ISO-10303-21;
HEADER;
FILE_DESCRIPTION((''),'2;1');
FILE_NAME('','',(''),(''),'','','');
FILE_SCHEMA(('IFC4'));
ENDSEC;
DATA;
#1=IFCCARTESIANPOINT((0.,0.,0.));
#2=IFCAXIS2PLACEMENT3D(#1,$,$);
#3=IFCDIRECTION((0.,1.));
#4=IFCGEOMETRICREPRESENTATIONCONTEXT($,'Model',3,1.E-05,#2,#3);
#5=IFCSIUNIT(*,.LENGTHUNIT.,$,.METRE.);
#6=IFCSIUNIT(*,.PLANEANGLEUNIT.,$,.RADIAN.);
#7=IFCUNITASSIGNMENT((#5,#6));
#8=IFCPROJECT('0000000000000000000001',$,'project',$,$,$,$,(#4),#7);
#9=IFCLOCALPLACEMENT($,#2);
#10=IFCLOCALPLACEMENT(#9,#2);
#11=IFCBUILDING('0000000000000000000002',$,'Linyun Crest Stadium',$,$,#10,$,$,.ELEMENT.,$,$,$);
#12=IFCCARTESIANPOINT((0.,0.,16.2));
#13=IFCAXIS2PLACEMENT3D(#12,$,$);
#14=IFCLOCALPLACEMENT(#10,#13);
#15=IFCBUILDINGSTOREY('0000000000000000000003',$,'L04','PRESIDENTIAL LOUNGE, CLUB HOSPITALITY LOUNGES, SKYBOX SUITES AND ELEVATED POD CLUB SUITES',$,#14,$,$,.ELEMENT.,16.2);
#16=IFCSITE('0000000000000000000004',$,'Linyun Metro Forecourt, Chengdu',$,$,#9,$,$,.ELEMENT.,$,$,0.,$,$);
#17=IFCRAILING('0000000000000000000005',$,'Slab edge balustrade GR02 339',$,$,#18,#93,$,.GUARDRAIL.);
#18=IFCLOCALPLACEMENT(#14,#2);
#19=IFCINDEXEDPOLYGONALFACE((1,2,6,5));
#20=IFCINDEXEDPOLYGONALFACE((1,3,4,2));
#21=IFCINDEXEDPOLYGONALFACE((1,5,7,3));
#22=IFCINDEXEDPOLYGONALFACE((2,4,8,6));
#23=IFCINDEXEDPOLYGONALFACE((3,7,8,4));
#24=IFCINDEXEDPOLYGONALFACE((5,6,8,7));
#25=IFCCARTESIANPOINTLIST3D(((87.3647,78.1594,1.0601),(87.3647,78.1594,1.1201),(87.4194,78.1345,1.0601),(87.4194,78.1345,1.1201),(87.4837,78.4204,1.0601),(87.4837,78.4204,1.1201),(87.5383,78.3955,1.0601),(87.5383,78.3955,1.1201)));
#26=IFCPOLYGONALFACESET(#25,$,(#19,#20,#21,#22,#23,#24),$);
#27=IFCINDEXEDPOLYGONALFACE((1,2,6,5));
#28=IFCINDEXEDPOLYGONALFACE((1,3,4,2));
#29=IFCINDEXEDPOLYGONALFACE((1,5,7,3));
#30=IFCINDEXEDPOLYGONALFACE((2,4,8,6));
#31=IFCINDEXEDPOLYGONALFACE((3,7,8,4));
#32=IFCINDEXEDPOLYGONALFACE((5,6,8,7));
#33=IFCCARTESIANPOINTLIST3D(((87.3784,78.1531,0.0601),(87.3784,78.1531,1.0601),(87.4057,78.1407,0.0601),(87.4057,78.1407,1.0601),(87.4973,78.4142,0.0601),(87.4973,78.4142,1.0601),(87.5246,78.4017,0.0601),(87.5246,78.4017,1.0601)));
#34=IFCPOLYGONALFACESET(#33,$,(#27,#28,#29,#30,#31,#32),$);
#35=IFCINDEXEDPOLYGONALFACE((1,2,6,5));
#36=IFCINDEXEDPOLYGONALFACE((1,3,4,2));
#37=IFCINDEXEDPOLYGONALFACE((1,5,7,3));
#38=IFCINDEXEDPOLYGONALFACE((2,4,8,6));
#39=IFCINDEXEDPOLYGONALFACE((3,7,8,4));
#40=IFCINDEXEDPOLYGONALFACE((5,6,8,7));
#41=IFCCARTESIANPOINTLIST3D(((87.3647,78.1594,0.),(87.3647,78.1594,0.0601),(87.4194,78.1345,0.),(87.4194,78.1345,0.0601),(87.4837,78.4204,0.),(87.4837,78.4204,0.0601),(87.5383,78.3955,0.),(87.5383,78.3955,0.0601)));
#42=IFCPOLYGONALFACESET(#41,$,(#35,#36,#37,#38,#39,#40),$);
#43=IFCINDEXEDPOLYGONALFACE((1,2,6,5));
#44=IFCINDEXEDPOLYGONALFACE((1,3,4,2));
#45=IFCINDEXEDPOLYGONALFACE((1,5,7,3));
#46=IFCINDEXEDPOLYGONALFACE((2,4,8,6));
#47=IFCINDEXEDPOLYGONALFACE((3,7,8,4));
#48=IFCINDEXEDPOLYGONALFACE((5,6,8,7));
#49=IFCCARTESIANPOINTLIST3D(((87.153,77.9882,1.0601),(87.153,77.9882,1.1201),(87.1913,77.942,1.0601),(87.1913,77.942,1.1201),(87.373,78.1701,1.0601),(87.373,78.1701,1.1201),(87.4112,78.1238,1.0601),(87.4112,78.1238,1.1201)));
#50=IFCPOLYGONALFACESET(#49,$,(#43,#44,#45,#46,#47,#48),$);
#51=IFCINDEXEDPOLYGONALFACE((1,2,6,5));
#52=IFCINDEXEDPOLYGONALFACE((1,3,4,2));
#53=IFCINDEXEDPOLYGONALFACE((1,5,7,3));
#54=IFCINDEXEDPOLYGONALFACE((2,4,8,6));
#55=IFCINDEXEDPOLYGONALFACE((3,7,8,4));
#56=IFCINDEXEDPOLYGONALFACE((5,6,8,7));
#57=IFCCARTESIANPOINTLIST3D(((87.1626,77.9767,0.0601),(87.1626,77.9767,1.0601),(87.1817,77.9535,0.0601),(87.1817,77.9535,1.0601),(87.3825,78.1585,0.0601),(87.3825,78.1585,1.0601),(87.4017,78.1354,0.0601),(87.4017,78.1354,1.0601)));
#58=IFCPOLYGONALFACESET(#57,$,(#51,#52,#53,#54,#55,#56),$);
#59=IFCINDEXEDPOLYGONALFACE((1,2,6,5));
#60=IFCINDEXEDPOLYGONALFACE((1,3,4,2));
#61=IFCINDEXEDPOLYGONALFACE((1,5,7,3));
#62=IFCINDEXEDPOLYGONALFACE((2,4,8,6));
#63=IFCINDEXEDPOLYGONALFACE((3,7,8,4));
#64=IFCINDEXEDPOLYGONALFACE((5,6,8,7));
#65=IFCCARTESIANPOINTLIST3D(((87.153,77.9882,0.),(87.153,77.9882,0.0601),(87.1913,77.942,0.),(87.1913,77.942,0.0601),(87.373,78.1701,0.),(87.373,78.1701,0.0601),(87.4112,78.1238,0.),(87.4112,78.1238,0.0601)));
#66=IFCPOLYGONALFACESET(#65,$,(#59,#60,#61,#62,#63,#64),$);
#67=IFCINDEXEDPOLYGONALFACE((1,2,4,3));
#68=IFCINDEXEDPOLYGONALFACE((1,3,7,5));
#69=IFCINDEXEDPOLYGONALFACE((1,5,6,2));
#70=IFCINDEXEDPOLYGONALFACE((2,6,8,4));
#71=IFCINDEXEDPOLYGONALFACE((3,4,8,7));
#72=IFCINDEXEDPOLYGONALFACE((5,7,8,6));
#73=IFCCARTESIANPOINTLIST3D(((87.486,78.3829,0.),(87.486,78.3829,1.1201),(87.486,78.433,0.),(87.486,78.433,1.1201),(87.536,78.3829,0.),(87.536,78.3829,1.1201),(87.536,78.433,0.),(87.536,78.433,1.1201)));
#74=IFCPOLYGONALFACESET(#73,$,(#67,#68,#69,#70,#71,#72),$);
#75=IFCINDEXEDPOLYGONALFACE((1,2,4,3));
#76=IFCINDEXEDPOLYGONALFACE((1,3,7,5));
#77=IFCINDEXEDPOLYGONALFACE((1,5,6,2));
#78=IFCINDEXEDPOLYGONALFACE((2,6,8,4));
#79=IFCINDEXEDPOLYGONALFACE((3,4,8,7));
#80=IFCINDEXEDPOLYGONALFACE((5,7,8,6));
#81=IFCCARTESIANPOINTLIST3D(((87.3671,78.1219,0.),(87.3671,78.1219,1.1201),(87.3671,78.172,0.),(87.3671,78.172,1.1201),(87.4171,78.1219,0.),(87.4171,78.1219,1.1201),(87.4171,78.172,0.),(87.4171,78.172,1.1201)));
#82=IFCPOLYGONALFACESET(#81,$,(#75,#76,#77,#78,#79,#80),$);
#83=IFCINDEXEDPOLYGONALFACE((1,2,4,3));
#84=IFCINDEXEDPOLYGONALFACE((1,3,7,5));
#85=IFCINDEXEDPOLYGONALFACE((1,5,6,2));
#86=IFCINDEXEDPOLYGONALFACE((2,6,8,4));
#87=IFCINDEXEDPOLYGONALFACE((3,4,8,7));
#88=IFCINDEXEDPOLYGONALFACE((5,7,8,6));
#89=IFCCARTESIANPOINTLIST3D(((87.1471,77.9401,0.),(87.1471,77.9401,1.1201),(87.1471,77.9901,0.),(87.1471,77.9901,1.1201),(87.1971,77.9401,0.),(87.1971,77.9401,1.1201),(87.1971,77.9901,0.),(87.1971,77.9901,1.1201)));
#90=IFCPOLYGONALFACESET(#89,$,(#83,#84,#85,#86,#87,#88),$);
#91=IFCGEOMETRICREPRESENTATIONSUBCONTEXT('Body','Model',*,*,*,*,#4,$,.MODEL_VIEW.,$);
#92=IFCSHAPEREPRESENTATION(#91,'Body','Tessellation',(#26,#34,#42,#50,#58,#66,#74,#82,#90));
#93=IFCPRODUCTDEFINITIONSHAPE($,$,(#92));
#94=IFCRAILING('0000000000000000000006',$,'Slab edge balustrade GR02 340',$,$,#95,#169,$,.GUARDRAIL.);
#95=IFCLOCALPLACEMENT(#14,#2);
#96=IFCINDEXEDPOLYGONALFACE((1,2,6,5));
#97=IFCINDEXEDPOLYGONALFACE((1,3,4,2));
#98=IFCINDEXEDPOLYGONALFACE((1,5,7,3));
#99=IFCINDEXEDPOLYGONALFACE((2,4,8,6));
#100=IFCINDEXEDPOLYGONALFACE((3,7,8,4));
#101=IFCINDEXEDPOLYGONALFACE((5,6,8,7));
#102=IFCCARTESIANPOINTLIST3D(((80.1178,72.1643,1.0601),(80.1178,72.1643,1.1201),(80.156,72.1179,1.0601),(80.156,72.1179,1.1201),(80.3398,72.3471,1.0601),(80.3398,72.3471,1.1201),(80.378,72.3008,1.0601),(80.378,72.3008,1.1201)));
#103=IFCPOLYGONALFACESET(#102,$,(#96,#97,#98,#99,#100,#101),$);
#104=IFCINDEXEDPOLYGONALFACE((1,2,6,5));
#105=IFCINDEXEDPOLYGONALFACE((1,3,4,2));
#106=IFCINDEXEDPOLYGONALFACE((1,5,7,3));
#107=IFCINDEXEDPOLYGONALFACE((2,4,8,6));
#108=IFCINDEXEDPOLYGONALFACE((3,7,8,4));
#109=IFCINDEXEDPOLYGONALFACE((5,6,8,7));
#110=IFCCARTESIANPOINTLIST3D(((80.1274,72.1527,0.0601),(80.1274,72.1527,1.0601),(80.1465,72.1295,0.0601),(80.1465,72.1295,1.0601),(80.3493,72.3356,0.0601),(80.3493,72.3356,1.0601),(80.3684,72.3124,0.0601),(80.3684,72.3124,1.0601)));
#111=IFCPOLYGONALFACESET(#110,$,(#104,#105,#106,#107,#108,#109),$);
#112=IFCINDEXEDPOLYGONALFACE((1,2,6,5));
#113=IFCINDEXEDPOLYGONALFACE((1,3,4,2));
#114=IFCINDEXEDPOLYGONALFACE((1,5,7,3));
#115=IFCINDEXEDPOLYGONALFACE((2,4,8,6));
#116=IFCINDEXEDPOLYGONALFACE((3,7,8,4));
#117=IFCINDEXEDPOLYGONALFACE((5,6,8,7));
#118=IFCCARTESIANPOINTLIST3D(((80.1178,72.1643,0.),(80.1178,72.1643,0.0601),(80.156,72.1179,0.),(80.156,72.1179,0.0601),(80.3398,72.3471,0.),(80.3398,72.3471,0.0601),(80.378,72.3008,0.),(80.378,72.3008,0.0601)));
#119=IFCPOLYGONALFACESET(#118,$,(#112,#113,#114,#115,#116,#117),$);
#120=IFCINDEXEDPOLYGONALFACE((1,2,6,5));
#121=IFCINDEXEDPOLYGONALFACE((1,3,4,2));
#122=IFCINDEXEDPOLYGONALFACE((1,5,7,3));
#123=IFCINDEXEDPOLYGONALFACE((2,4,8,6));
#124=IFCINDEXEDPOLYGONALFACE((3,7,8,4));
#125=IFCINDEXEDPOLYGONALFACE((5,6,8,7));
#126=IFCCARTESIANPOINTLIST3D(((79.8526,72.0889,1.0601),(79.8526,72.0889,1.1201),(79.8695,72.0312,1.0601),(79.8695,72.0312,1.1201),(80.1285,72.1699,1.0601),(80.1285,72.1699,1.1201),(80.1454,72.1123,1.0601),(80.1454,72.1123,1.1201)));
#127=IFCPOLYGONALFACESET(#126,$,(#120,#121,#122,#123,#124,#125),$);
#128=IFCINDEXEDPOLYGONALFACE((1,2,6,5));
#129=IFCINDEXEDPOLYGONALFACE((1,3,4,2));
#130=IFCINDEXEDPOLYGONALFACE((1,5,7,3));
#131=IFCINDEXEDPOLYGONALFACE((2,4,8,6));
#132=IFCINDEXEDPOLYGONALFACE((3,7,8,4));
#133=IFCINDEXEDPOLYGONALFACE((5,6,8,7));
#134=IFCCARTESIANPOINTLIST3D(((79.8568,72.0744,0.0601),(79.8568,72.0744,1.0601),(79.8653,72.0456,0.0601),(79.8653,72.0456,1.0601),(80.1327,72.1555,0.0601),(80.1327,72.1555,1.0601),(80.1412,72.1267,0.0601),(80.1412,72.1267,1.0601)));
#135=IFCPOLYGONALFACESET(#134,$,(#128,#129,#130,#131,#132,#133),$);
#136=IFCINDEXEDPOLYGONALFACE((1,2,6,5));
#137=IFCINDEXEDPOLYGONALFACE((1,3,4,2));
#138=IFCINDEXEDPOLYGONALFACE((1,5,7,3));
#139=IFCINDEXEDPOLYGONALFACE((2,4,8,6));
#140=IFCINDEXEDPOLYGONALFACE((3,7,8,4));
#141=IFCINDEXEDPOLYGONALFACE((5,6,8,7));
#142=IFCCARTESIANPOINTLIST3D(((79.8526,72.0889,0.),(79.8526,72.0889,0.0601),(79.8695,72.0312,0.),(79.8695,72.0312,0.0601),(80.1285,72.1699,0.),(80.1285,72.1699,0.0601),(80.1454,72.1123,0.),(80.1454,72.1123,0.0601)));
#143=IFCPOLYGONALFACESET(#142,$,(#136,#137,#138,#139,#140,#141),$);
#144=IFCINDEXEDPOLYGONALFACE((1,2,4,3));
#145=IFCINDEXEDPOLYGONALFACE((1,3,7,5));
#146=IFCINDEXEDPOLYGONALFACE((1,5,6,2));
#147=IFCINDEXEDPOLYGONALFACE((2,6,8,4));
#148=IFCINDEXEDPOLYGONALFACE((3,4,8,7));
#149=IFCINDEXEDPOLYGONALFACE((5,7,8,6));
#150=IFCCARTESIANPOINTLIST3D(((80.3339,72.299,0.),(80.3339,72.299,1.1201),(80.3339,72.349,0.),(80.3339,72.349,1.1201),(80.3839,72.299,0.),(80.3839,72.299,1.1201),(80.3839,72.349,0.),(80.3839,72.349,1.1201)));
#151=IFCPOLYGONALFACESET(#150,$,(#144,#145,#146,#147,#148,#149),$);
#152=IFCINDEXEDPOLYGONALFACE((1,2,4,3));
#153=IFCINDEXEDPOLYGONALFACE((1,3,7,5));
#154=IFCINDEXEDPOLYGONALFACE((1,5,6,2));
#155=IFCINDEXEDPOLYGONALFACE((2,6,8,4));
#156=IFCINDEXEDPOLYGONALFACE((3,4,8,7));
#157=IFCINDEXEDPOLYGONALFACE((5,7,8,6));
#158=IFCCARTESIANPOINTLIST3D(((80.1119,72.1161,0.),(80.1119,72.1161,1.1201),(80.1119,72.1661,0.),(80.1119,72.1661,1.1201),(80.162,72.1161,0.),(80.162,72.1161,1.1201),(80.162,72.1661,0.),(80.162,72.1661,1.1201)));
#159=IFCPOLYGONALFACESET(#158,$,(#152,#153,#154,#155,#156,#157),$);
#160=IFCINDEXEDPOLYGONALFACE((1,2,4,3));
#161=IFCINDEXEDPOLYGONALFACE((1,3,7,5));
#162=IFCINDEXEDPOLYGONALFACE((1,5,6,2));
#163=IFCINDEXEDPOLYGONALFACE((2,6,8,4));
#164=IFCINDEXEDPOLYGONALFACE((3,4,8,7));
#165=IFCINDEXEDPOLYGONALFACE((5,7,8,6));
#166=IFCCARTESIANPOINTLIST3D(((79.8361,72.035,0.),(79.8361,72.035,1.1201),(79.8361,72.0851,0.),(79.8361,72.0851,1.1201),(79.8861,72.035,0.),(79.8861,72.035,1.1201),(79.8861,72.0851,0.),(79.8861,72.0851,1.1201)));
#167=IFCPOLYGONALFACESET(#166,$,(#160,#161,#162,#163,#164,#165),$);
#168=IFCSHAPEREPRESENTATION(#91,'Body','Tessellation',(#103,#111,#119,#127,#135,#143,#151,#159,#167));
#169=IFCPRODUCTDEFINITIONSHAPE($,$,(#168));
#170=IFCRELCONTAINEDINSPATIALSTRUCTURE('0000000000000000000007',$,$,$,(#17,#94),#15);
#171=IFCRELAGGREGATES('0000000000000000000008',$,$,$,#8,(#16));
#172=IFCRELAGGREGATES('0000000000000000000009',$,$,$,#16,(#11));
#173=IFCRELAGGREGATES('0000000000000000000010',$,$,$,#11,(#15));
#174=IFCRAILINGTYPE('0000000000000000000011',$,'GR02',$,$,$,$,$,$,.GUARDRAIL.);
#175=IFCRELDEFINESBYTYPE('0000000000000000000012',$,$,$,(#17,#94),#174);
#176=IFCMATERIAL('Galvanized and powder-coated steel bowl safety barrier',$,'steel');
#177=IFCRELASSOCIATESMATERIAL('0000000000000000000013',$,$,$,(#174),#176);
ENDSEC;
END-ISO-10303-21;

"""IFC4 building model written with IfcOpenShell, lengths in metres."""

from ifc_helpers import new_model, si_unit, direction, frame, origin, origin_2d, place, context, subcontext, project, spatial, rectangle, extrude, material, type_object, element, save


model = new_model("IFC4")

# Units and contexts
model_context = context("Model", 3, precision=1e-05, world=origin(), true_north=direction((0.0, 1.0)))
body_context = subcontext(model_context, "Body", "Model", "MODEL_VIEW")
ifc_project = project(units=[si_unit("LENGTHUNIT", "METRE"), si_unit("PLANEANGLEUNIT", "RADIAN")], contexts=[model_context])

# Site, building, storey
site_placement = place(None, origin())
site = spatial("IfcSite", under=ifc_project, at=site_placement, Name="Linyun Metro Forecourt, Chengdu", CompositionType="ELEMENT", RefElevation=0.0)
building_placement = place(site_placement, origin())
building = spatial("IfcBuilding", under=site, at=building_placement, Name="Linyun Crest Stadium", CompositionType="ELEMENT")
storey_placement = place(building_placement, frame((0.0, 0.0, 16.2)))
storey = spatial("IfcBuildingStorey", under=building, at=storey_placement, Name="L04", Description="PRESIDENTIAL LOUNGE, CLUB HOSPITALITY LOUNGES, SKYBOX SUITES AND ELEVATED POD CLUB SUITES", CompositionType="ELEMENT", Elevation=16.2)

# Railings
ifc_material_1 = material(Name="Galvanized and powder-coated steel bowl safety barrier", Category="steel")
railing_type = type_object("IfcRailingType", Name="GR02", PredefinedType="GUARDRAIL", material=ifc_material_1)
railing_1_placement = place(storey_placement, frame((87.511, 78.408, 0.0)))
element("IfcRailing", 1, at=railing_1_placement, inside=storey, type_object=railing_type, Name="Slab edge balustrade GR02 339", PredefinedType="GUARDRAIL", context=body_context, shape_type="SweptSolid", body=[
    extrude(rectangle(XDim=0.0601, YDim=0.0601, at=origin_2d()), frame((0.0, 0.0, 1.0901), z_axis=(-0.414572, -0.910016, 0.0), x_axis=(0.910016, -0.414572, 0.0)), (0.0, 0.0, 1.0), 0.2869),
    extrude(rectangle(XDim=0.03, YDim=1.0, at=origin_2d()), frame((0.0, 0.0, 0.5601), z_axis=(-0.414572, -0.910016, 0.0), x_axis=(0.910016, -0.414572, 0.0)), (0.0, 0.0, 1.0), 0.2869),
    extrude(rectangle(XDim=0.0601, YDim=0.0601, at=origin_2d()), frame((0.0, 0.0, 0.03), z_axis=(-0.414572, -0.910016, 0.0), x_axis=(0.910016, -0.414572, 0.0)), (0.0, 0.0, 1.0), 0.2869),
    extrude(rectangle(XDim=0.0601, YDim=0.0601, at=origin_2d()), frame((-0.1189, -0.261, 1.0901), z_axis=(-0.77067, -0.637235, 0.0), x_axis=(0.637235, -0.77067, 0.0)), (0.0, 0.0, 1.0), 0.2854),
    extrude(rectangle(XDim=0.03, YDim=1.0, at=origin_2d()), frame((-0.1189, -0.261, 0.5601), z_axis=(-0.77067, -0.637235, 0.0), x_axis=(0.637235, -0.77067, 0.0)), (0.0, 0.0, 1.0), 0.2854),
    extrude(rectangle(XDim=0.0601, YDim=0.0601, at=origin_2d()), frame((-0.1189, -0.261, 0.03), z_axis=(-0.77067, -0.637235, 0.0), x_axis=(0.637235, -0.77067, 0.0)), (0.0, 0.0, 1.0), 0.2854),
    extrude(rectangle(XDim=0.05, YDim=0.05, at=origin_2d()), origin(), (0.0, 0.0, 1.0), 1.1201),
    extrude(rectangle(XDim=0.05, YDim=0.05, at=origin_2d()), frame((-0.1189, -0.261, 0.0)), (0.0, 0.0, 1.0), 1.1201),
    extrude(rectangle(XDim=0.05, YDim=0.05, at=origin_2d()), frame((-0.3389, -0.4429, 0.0)), (0.0, 0.0, 1.0), 1.1201),
])
railing_2_placement = place(storey_placement, frame((80.3589, 72.324, 0.0)))
element("IfcRailing", 2, at=railing_2_placement, inside=storey, type_object=railing_type, Name="Slab edge balustrade GR02 340", PredefinedType="GUARDRAIL", context=body_context, shape_type="SweptSolid", body=[
    extrude(rectangle(XDim=0.0601, YDim=0.0601, at=origin_2d()), frame((0.0, 0.0, 1.0901), z_axis=(-0.771759, -0.635916, 0.0), x_axis=(0.635916, -0.771759, 0.0)), (0.0, 0.0, 1.0), 0.2876),
    extrude(rectangle(XDim=0.03, YDim=1.0, at=origin_2d()), frame((0.0, 0.0, 0.5601), z_axis=(-0.771759, -0.635916, 0.0), x_axis=(0.635916, -0.771759, 0.0)), (0.0, 0.0, 1.0), 0.2876),
    extrude(rectangle(XDim=0.0601, YDim=0.0601, at=origin_2d()), frame((0.0, 0.0, 0.03), z_axis=(-0.771759, -0.635916, 0.0), x_axis=(0.635916, -0.771759, 0.0)), (0.0, 0.0, 1.0), 0.2876),
    extrude(rectangle(XDim=0.0601, YDim=0.0601, at=origin_2d()), frame((-0.2219, -0.1829, 1.0901), z_axis=(-0.959447, -0.281891, 0.0), x_axis=(0.281891, -0.959447, 0.0)), (0.0, 0.0, 1.0), 0.2876),
    extrude(rectangle(XDim=0.03, YDim=1.0, at=origin_2d()), frame((-0.2219, -0.1829, 0.5601), z_axis=(-0.959447, -0.281891, 0.0), x_axis=(0.281891, -0.959447, 0.0)), (0.0, 0.0, 1.0), 0.2876),
    extrude(rectangle(XDim=0.0601, YDim=0.0601, at=origin_2d()), frame((-0.2219, -0.1829, 0.03), z_axis=(-0.959447, -0.281891, 0.0), x_axis=(0.281891, -0.959447, 0.0)), (0.0, 0.0, 1.0), 0.2876),
    extrude(rectangle(XDim=0.05, YDim=0.05, at=origin_2d()), origin(), (0.0, 0.0, 1.0), 1.1201),
    extrude(rectangle(XDim=0.05, YDim=0.05, at=origin_2d()), frame((-0.2219, -0.1829, 0.0)), (0.0, 0.0, 1.0), 1.1201),
    extrude(rectangle(XDim=0.05, YDim=0.05, at=origin_2d()), frame((-0.4978, -0.2639, 0.0)), (0.0, 0.0, 1.0), 1.1201),
])

save(model, "model.ifc")
